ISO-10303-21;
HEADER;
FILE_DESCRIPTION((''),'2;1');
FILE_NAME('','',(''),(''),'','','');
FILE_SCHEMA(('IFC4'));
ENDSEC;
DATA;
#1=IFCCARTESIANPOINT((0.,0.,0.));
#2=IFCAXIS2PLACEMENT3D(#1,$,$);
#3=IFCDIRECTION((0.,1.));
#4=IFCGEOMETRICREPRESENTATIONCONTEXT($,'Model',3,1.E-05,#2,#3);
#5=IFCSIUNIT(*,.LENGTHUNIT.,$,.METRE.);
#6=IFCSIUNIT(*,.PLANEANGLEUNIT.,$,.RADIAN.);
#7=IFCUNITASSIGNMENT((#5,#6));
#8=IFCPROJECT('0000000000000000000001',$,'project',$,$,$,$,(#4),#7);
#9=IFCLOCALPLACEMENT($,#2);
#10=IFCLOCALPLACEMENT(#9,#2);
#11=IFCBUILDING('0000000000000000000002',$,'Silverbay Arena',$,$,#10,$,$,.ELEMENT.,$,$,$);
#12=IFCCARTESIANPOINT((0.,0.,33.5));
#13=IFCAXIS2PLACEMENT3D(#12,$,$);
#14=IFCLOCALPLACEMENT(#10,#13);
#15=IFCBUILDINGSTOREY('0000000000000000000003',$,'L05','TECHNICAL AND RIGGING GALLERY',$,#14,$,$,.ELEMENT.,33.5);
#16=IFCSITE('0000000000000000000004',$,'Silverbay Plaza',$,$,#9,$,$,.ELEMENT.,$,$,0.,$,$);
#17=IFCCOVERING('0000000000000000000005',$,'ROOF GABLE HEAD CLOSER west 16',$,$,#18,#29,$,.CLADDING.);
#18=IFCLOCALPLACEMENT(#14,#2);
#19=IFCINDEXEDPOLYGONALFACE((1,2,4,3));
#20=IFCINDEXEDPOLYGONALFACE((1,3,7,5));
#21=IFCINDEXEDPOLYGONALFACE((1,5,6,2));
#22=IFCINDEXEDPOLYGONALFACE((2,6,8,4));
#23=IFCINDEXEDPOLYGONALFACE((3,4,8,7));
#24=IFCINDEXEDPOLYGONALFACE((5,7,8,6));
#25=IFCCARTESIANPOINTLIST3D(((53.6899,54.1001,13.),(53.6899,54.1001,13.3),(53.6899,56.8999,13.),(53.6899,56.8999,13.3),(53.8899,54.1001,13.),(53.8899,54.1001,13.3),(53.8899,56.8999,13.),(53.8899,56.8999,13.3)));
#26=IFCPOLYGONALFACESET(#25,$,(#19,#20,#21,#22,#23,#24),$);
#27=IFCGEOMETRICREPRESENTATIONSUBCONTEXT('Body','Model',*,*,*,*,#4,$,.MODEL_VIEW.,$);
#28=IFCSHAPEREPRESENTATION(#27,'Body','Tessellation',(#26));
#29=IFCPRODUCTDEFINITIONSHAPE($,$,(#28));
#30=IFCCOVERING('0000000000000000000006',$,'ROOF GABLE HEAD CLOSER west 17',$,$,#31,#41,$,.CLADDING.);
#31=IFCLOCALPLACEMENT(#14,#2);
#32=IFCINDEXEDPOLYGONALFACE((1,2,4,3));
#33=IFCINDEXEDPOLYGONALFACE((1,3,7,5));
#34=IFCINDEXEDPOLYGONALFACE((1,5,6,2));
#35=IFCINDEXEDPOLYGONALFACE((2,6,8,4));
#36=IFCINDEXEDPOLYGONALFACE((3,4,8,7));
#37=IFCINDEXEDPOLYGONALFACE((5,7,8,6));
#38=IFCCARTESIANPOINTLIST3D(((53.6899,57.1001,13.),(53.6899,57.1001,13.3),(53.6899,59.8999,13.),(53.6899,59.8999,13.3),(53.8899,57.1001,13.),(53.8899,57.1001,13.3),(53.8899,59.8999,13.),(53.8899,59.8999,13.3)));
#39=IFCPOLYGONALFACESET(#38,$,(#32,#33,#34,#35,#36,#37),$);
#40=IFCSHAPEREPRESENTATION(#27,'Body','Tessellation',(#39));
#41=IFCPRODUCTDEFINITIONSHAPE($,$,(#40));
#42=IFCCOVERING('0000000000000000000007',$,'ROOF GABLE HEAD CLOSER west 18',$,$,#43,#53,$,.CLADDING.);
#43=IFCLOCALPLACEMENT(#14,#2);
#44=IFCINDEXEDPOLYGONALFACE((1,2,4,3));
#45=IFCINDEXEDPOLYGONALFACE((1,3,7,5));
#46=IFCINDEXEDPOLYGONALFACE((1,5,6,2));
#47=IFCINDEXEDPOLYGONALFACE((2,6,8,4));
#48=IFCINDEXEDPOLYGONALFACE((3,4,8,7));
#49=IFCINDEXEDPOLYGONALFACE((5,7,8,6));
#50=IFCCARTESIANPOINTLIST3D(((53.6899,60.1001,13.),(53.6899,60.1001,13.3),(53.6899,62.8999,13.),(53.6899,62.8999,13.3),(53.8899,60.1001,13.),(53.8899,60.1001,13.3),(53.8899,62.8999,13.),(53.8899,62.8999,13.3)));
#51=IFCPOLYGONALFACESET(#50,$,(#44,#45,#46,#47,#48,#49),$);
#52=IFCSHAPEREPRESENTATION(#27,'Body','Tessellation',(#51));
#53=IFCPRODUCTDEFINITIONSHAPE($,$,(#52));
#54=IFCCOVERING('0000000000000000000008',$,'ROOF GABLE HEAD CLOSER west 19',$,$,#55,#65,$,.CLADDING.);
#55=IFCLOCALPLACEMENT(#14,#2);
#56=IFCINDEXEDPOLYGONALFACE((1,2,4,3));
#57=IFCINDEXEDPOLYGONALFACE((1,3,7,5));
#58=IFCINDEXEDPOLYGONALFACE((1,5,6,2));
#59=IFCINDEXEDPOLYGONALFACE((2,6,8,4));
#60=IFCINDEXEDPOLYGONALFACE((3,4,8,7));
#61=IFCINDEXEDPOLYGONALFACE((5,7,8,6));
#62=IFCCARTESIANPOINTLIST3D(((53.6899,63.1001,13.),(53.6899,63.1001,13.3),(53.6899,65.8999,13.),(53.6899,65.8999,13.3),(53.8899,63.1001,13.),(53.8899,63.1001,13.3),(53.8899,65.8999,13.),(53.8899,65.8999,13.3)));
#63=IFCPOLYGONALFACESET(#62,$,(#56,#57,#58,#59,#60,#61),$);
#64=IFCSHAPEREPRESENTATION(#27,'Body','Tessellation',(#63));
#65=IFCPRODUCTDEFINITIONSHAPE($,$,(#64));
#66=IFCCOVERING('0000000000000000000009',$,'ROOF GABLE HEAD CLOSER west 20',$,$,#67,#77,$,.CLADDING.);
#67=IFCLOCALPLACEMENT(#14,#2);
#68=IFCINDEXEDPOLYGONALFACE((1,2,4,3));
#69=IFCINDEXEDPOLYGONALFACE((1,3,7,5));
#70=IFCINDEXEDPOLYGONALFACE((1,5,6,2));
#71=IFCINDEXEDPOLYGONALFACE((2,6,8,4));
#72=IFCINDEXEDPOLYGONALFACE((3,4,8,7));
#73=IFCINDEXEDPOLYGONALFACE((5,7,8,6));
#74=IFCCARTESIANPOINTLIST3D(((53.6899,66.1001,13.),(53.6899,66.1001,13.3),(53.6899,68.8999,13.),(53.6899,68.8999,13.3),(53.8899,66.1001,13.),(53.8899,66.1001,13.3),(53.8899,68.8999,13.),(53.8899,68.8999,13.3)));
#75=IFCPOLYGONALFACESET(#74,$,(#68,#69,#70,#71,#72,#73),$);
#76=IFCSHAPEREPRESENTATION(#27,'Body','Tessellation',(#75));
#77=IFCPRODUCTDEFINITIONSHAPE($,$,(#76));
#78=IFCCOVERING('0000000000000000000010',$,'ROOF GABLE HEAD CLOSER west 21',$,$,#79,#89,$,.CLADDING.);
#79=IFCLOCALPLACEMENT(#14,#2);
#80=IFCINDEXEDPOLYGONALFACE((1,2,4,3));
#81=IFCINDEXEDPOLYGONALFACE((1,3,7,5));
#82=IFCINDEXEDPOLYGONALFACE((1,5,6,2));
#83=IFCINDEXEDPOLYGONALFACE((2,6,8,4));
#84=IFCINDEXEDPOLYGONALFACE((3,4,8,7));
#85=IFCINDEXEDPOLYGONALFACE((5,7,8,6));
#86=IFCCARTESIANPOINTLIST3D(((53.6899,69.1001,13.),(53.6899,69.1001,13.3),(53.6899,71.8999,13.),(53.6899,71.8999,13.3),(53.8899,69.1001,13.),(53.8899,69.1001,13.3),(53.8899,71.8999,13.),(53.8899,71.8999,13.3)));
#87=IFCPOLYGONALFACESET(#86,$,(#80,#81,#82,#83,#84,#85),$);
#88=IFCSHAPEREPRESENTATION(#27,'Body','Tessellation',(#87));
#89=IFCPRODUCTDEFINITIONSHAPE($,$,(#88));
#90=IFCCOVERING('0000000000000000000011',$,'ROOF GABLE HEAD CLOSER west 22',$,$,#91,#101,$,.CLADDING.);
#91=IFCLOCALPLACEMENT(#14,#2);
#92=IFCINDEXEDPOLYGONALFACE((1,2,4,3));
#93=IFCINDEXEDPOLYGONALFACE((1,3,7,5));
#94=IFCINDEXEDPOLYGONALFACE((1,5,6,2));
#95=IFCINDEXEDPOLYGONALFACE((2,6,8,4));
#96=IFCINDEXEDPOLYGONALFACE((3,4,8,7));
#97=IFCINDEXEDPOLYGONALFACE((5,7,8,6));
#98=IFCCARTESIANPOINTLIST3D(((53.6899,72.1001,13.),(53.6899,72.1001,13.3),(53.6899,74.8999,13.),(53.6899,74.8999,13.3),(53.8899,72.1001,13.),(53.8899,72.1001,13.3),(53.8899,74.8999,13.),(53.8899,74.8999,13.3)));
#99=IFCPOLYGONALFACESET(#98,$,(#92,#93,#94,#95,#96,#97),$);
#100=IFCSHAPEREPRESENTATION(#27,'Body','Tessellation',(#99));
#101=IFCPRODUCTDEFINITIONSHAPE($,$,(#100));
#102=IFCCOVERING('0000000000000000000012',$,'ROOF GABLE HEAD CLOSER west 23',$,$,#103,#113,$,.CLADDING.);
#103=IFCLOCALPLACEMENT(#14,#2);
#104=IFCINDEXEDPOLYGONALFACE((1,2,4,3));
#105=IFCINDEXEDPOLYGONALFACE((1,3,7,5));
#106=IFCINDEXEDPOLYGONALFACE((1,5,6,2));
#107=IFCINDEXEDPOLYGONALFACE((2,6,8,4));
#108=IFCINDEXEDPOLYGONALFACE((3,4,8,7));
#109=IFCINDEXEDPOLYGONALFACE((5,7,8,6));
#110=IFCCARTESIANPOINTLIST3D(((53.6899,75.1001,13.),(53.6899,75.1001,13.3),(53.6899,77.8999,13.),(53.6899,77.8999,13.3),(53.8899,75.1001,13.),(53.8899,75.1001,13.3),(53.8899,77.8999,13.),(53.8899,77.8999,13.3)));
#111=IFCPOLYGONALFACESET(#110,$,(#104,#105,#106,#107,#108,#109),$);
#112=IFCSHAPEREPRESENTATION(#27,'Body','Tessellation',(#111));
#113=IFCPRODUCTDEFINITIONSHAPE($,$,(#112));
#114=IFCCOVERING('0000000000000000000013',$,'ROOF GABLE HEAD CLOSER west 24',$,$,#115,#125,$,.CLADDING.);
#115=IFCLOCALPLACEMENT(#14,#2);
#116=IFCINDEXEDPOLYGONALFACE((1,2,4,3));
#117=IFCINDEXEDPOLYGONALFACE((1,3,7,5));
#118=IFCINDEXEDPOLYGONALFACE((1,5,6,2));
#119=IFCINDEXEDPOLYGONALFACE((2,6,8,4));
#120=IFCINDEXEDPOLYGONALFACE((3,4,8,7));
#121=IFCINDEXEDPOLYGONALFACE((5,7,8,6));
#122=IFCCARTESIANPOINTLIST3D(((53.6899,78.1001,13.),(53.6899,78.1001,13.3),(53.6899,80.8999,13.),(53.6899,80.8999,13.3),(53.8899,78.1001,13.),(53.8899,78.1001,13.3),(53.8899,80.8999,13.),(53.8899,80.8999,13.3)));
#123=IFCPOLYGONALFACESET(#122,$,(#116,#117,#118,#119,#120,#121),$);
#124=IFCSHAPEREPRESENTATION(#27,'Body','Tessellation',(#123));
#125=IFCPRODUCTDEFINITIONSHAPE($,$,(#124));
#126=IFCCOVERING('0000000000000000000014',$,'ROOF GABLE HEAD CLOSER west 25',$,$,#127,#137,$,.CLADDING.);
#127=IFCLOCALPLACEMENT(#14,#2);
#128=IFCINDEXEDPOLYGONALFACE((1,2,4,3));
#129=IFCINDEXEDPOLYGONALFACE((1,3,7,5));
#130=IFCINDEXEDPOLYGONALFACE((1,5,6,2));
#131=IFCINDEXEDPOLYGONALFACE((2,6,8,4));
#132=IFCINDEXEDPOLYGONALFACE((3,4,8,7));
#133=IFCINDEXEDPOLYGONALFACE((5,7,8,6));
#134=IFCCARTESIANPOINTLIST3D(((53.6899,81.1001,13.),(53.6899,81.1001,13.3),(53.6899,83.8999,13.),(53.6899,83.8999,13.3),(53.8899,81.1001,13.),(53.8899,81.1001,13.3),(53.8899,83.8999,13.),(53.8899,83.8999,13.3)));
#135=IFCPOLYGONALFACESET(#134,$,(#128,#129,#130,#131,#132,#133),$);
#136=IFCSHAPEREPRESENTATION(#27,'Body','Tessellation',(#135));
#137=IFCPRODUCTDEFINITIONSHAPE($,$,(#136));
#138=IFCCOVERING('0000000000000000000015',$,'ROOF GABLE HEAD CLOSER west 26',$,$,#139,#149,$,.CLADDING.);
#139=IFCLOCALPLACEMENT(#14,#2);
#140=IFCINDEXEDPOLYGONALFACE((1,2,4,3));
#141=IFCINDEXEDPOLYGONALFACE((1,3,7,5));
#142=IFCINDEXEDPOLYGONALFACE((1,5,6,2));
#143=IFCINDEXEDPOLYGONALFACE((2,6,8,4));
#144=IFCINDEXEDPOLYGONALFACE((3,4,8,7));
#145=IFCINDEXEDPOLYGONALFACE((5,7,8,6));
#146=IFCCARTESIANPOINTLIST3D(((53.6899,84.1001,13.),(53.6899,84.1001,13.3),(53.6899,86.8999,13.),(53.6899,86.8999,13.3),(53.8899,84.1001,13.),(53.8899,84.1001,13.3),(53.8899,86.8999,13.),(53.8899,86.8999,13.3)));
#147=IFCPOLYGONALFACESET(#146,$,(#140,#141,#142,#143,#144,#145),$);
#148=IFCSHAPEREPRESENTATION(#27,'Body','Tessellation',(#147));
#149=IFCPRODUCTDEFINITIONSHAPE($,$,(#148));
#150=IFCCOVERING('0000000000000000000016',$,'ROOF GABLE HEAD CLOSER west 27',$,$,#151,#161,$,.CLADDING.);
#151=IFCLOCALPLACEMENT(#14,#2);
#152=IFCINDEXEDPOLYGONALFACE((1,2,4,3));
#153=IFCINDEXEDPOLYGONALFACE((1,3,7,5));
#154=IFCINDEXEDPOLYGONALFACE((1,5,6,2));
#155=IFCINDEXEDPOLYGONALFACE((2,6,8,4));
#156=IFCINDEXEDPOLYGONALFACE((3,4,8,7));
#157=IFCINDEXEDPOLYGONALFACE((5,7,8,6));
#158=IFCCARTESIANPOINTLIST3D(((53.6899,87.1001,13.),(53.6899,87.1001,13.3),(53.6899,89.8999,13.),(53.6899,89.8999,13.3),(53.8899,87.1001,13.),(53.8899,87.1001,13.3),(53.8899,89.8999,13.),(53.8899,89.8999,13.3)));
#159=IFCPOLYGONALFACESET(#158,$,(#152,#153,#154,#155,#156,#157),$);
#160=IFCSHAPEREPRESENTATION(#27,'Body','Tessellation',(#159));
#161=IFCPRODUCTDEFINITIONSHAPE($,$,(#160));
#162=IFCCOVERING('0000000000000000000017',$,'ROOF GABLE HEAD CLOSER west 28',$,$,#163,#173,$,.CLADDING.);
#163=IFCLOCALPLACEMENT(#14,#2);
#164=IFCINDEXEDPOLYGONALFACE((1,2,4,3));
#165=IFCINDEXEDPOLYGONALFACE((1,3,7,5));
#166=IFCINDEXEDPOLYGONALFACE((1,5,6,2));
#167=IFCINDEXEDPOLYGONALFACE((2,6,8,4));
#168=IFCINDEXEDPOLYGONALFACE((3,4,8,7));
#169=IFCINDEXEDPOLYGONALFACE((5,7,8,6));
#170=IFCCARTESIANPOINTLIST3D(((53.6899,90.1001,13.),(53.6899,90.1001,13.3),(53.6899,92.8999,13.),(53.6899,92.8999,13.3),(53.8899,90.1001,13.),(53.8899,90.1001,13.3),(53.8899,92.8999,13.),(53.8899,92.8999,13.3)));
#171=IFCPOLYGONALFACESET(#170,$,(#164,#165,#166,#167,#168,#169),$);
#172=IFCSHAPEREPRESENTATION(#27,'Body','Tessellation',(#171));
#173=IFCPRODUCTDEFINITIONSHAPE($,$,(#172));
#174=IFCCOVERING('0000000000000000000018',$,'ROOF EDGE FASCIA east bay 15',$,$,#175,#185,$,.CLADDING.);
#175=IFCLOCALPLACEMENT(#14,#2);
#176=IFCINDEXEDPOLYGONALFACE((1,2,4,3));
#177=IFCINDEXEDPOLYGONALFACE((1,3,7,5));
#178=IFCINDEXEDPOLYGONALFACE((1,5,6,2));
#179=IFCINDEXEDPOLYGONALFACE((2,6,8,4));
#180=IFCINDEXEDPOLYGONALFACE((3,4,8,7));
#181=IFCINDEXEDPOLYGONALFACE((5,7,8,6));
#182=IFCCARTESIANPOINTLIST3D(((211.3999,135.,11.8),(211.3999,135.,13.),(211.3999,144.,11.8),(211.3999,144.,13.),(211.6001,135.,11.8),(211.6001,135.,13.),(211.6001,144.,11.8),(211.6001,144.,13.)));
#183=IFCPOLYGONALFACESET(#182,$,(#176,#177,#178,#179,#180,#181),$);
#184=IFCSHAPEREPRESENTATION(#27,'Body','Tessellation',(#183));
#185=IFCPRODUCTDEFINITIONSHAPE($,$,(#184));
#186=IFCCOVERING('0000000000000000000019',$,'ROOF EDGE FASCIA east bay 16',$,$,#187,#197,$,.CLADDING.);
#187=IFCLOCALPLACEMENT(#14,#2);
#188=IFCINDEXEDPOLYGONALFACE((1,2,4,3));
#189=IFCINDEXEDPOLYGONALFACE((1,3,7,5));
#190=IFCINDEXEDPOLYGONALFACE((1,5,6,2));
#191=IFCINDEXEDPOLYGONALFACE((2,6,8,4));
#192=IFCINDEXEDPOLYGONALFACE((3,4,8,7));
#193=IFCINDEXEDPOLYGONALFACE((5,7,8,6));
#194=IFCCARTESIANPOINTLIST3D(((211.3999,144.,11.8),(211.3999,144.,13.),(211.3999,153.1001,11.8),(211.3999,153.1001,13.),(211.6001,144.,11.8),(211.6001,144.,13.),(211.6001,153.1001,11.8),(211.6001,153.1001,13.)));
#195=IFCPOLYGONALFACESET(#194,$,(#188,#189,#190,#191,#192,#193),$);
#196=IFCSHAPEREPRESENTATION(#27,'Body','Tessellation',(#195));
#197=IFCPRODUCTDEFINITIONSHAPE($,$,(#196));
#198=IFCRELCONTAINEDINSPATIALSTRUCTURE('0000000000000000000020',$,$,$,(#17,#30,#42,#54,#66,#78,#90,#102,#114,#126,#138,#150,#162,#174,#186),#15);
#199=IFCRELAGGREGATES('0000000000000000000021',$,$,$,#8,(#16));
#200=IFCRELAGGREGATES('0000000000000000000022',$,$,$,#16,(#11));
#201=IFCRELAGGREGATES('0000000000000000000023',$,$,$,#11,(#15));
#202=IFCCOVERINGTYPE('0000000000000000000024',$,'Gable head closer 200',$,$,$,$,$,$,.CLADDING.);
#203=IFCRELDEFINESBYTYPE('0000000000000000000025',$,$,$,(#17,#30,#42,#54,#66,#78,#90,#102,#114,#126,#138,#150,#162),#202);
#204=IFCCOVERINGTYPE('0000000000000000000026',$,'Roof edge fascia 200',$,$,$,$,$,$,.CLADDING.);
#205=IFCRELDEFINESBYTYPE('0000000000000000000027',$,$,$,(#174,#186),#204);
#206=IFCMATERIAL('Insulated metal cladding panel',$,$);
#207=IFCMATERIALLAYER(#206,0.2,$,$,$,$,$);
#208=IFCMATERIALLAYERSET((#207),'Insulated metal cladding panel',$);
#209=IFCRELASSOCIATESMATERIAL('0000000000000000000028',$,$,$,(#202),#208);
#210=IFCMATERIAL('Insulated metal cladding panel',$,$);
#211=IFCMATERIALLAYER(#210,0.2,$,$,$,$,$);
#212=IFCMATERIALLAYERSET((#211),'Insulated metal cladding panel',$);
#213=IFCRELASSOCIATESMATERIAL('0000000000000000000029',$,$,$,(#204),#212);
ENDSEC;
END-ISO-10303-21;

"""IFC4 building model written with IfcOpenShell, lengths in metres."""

from ifc_helpers import new_model, si_unit, direction, frame, origin, place, context, subcontext, project, spatial, polyline, outline, extrude, material, layer, layer_set, type_object, element, save


model = new_model("IFC4")

# Units and contexts
model_context = context("Model", 3, precision=1e-05, world=origin(), true_north=direction((0.0, 1.0)))
body_context = subcontext(model_context, "Body", "Model", "MODEL_VIEW")
ifc_project = project(units=[si_unit("LENGTHUNIT", "METRE"), si_unit("PLANEANGLEUNIT", "RADIAN")], contexts=[model_context])

# Site, building, storey
site_placement = place(None, origin())
site = spatial("IfcSite", under=ifc_project, at=site_placement, Name="Silverbay Plaza", CompositionType="ELEMENT", RefElevation=0.0)
building_placement = place(site_placement, origin())
building = spatial("IfcBuilding", under=site, at=building_placement, Name="Silverbay Arena", CompositionType="ELEMENT")
storey_placement = place(building_placement, frame((0.0, 0.0, 33.5)))
storey = spatial("IfcBuildingStorey", under=building, at=storey_placement, Name="L05", Description="TECHNICAL AND RIGGING GALLERY", CompositionType="ELEMENT", Elevation=33.5)

# Coverings
ifc_material_1 = material(Name="Insulated metal cladding panel")
ifc_layer_1 = layer(ifc_material_1, 0.2)
ifc_layer_set_1 = layer_set([ifc_layer_1], Name="Insulated metal cladding panel")
covering_type_1 = type_object("IfcCoveringType", Name="Gable head closer 200", PredefinedType="CLADDING", material=ifc_layer_set_1)
covering_1_placement = place(storey_placement, frame((0.0, 0.0, 13.0)))
element("IfcCovering", 1, at=covering_1_placement, inside=storey, type_object=covering_type_1, Name="ROOF GABLE HEAD CLOSER west 16", PredefinedType="CLADDING", context=body_context, shape_type="SweptSolid", body=[
    extrude(outline(polyline([(53.6899, 54.1001), (53.8899, 54.1001), (53.8899, 56.8999), (53.6899, 56.8999), (53.6899, 54.1001)])), origin(), (0.0, 0.0, 1.0), 0.3),
])
covering_2_placement = place(storey_placement, frame((0.0, 0.0, 13.0)))
element("IfcCovering", 2, at=covering_2_placement, inside=storey, type_object=covering_type_1, Name="ROOF GABLE HEAD CLOSER west 17", PredefinedType="CLADDING", context=body_context, shape_type="SweptSolid", body=[
    extrude(outline(polyline([(53.6899, 57.1001), (53.8899, 57.1001), (53.8899, 59.8999), (53.6899, 59.8999), (53.6899, 57.1001)])), origin(), (0.0, 0.0, 1.0), 0.3),
])
covering_3_placement = place(storey_placement, frame((0.0, 0.0, 13.0)))
element("IfcCovering", 3, at=covering_3_placement, inside=storey, type_object=covering_type_1, Name="ROOF GABLE HEAD CLOSER west 18", PredefinedType="CLADDING", context=body_context, shape_type="SweptSolid", body=[
    extrude(outline(polyline([(53.6899, 60.1001), (53.8899, 60.1001), (53.8899, 62.8999), (53.6899, 62.8999), (53.6899, 60.1001)])), origin(), (0.0, 0.0, 1.0), 0.3),
])
covering_4_placement = place(storey_placement, frame((0.0, 0.0, 13.0)))
element("IfcCovering", 4, at=covering_4_placement, inside=storey, type_object=covering_type_1, Name="ROOF GABLE HEAD CLOSER west 19", PredefinedType="CLADDING", context=body_context, shape_type="SweptSolid", body=[
    extrude(outline(polyline([(53.6899, 63.1001), (53.8899, 63.1001), (53.8899, 65.8999), (53.6899, 65.8999), (53.6899, 63.1001)])), origin(), (0.0, 0.0, 1.0), 0.3),
])
covering_5_placement = place(storey_placement, frame((0.0, 0.0, 13.0)))
element("IfcCovering", 5, at=covering_5_placement, inside=storey, type_object=covering_type_1, Name="ROOF GABLE HEAD CLOSER west 20", PredefinedType="CLADDING", context=body_context, shape_type="SweptSolid", body=[
    extrude(outline(polyline([(53.6899, 66.1001), (53.8899, 66.1001), (53.8899, 68.8999), (53.6899, 68.8999), (53.6899, 66.1001)])), origin(), (0.0, 0.0, 1.0), 0.3),
])
covering_6_placement = place(storey_placement, frame((0.0, 0.0, 13.0)))
element("IfcCovering", 6, at=covering_6_placement, inside=storey, type_object=covering_type_1, Name="ROOF GABLE HEAD CLOSER west 21", PredefinedType="CLADDING", context=body_context, shape_type="SweptSolid", body=[
    extrude(outline(polyline([(53.6899, 69.1001), (53.8899, 69.1001), (53.8899, 71.8999), (53.6899, 71.8999), (53.6899, 69.1001)])), origin(), (0.0, 0.0, 1.0), 0.3),
])
covering_7_placement = place(storey_placement, frame((0.0, 0.0, 13.0)))
element("IfcCovering", 7, at=covering_7_placement, inside=storey, type_object=covering_type_1, Name="ROOF GABLE HEAD CLOSER west 22", PredefinedType="CLADDING", context=body_context, shape_type="SweptSolid", body=[
    extrude(outline(polyline([(53.6899, 72.1001), (53.8899, 72.1001), (53.8899, 74.8999), (53.6899, 74.8999), (53.6899, 72.1001)])), origin(), (0.0, 0.0, 1.0), 0.3),
])
covering_8_placement = place(storey_placement, frame((0.0, 0.0, 13.0)))
element("IfcCovering", 8, at=covering_8_placement, inside=storey, type_object=covering_type_1, Name="ROOF GABLE HEAD CLOSER west 23", PredefinedType="CLADDING", context=body_context, shape_type="SweptSolid", body=[
    extrude(outline(polyline([(53.6899, 75.1001), (53.8899, 75.1001), (53.8899, 77.8999), (53.6899, 77.8999), (53.6899, 75.1001)])), origin(), (0.0, 0.0, 1.0), 0.3),
])
covering_9_placement = place(storey_placement, frame((0.0, 0.0, 13.0)))
element("IfcCovering", 9, at=covering_9_placement, inside=storey, type_object=covering_type_1, Name="ROOF GABLE HEAD CLOSER west 24", PredefinedType="CLADDING", context=body_context, shape_type="SweptSolid", body=[
    extrude(outline(polyline([(53.6899, 78.1001), (53.8899, 78.1001), (53.8899, 80.8999), (53.6899, 80.8999), (53.6899, 78.1001)])), origin(), (0.0, 0.0, 1.0), 0.3),
])
covering_10_placement = place(storey_placement, frame((0.0, 0.0, 13.0)))
element("IfcCovering", 10, at=covering_10_placement, inside=storey, type_object=covering_type_1, Name="ROOF GABLE HEAD CLOSER west 25", PredefinedType="CLADDING", context=body_context, shape_type="SweptSolid", body=[
    extrude(outline(polyline([(53.6899, 81.1001), (53.8899, 81.1001), (53.8899, 83.8999), (53.6899, 83.8999), (53.6899, 81.1001)])), origin(), (0.0, 0.0, 1.0), 0.3),
])
covering_11_placement = place(storey_placement, frame((0.0, 0.0, 13.0)))
element("IfcCovering", 11, at=covering_11_placement, inside=storey, type_object=covering_type_1, Name="ROOF GABLE HEAD CLOSER west 26", PredefinedType="CLADDING", context=body_context, shape_type="SweptSolid", body=[
    extrude(outline(polyline([(53.6899, 84.1001), (53.8899, 84.1001), (53.8899, 86.8999), (53.6899, 86.8999), (53.6899, 84.1001)])), origin(), (0.0, 0.0, 1.0), 0.3),
])
covering_12_placement = place(storey_placement, frame((0.0, 0.0, 13.0)))
element("IfcCovering", 12, at=covering_12_placement, inside=storey, type_object=covering_type_1, Name="ROOF GABLE HEAD CLOSER west 27", PredefinedType="CLADDING", context=body_context, shape_type="SweptSolid", body=[
    extrude(outline(polyline([(53.6899, 87.1001), (53.8899, 87.1001), (53.8899, 89.8999), (53.6899, 89.8999), (53.6899, 87.1001)])), origin(), (0.0, 0.0, 1.0), 0.3),
])
covering_13_placement = place(storey_placement, frame((0.0, 0.0, 13.0)))
element("IfcCovering", 13, at=covering_13_placement, inside=storey, type_object=covering_type_1, Name="ROOF GABLE HEAD CLOSER west 28", PredefinedType="CLADDING", context=body_context, shape_type="SweptSolid", body=[
    extrude(outline(polyline([(53.6899, 90.1001), (53.8899, 90.1001), (53.8899, 92.8999), (53.6899, 92.8999), (53.6899, 90.1001)])), origin(), (0.0, 0.0, 1.0), 0.3),
])
ifc_material_2 = material(Name="Insulated metal cladding panel")
ifc_layer_2 = layer(ifc_material_2, 0.2)
ifc_layer_set_2 = layer_set([ifc_layer_2], Name="Insulated metal cladding panel")
covering_type_2 = type_object("IfcCoveringType", Name="Roof edge fascia 200", PredefinedType="CLADDING", material=ifc_layer_set_2)
covering_14_placement = place(storey_placement, frame((0.0, 0.0, 11.8)))
element("IfcCovering", 14, at=covering_14_placement, inside=storey, type_object=covering_type_2, Name="ROOF EDGE FASCIA east bay 15", PredefinedType="CLADDING", context=body_context, shape_type="SweptSolid", body=[
    extrude(outline(polyline([(211.3999, 135.0), (211.6001, 135.0), (211.6001, 144.0), (211.3999, 144.0), (211.3999, 135.0)])), origin(), (0.0, 0.0, 1.0), 1.2),
])
covering_15_placement = place(storey_placement, frame((0.0, 0.0, 11.8)))
element("IfcCovering", 15, at=covering_15_placement, inside=storey, type_object=covering_type_2, Name="ROOF EDGE FASCIA east bay 16", PredefinedType="CLADDING", context=body_context, shape_type="SweptSolid", body=[
    extrude(outline(polyline([(211.3999, 144.0), (211.6001, 144.0), (211.6001, 153.1001), (211.3999, 153.1001), (211.3999, 144.0)])), origin(), (0.0, 0.0, 1.0), 1.2),
])

save(model, "model.ifc")
